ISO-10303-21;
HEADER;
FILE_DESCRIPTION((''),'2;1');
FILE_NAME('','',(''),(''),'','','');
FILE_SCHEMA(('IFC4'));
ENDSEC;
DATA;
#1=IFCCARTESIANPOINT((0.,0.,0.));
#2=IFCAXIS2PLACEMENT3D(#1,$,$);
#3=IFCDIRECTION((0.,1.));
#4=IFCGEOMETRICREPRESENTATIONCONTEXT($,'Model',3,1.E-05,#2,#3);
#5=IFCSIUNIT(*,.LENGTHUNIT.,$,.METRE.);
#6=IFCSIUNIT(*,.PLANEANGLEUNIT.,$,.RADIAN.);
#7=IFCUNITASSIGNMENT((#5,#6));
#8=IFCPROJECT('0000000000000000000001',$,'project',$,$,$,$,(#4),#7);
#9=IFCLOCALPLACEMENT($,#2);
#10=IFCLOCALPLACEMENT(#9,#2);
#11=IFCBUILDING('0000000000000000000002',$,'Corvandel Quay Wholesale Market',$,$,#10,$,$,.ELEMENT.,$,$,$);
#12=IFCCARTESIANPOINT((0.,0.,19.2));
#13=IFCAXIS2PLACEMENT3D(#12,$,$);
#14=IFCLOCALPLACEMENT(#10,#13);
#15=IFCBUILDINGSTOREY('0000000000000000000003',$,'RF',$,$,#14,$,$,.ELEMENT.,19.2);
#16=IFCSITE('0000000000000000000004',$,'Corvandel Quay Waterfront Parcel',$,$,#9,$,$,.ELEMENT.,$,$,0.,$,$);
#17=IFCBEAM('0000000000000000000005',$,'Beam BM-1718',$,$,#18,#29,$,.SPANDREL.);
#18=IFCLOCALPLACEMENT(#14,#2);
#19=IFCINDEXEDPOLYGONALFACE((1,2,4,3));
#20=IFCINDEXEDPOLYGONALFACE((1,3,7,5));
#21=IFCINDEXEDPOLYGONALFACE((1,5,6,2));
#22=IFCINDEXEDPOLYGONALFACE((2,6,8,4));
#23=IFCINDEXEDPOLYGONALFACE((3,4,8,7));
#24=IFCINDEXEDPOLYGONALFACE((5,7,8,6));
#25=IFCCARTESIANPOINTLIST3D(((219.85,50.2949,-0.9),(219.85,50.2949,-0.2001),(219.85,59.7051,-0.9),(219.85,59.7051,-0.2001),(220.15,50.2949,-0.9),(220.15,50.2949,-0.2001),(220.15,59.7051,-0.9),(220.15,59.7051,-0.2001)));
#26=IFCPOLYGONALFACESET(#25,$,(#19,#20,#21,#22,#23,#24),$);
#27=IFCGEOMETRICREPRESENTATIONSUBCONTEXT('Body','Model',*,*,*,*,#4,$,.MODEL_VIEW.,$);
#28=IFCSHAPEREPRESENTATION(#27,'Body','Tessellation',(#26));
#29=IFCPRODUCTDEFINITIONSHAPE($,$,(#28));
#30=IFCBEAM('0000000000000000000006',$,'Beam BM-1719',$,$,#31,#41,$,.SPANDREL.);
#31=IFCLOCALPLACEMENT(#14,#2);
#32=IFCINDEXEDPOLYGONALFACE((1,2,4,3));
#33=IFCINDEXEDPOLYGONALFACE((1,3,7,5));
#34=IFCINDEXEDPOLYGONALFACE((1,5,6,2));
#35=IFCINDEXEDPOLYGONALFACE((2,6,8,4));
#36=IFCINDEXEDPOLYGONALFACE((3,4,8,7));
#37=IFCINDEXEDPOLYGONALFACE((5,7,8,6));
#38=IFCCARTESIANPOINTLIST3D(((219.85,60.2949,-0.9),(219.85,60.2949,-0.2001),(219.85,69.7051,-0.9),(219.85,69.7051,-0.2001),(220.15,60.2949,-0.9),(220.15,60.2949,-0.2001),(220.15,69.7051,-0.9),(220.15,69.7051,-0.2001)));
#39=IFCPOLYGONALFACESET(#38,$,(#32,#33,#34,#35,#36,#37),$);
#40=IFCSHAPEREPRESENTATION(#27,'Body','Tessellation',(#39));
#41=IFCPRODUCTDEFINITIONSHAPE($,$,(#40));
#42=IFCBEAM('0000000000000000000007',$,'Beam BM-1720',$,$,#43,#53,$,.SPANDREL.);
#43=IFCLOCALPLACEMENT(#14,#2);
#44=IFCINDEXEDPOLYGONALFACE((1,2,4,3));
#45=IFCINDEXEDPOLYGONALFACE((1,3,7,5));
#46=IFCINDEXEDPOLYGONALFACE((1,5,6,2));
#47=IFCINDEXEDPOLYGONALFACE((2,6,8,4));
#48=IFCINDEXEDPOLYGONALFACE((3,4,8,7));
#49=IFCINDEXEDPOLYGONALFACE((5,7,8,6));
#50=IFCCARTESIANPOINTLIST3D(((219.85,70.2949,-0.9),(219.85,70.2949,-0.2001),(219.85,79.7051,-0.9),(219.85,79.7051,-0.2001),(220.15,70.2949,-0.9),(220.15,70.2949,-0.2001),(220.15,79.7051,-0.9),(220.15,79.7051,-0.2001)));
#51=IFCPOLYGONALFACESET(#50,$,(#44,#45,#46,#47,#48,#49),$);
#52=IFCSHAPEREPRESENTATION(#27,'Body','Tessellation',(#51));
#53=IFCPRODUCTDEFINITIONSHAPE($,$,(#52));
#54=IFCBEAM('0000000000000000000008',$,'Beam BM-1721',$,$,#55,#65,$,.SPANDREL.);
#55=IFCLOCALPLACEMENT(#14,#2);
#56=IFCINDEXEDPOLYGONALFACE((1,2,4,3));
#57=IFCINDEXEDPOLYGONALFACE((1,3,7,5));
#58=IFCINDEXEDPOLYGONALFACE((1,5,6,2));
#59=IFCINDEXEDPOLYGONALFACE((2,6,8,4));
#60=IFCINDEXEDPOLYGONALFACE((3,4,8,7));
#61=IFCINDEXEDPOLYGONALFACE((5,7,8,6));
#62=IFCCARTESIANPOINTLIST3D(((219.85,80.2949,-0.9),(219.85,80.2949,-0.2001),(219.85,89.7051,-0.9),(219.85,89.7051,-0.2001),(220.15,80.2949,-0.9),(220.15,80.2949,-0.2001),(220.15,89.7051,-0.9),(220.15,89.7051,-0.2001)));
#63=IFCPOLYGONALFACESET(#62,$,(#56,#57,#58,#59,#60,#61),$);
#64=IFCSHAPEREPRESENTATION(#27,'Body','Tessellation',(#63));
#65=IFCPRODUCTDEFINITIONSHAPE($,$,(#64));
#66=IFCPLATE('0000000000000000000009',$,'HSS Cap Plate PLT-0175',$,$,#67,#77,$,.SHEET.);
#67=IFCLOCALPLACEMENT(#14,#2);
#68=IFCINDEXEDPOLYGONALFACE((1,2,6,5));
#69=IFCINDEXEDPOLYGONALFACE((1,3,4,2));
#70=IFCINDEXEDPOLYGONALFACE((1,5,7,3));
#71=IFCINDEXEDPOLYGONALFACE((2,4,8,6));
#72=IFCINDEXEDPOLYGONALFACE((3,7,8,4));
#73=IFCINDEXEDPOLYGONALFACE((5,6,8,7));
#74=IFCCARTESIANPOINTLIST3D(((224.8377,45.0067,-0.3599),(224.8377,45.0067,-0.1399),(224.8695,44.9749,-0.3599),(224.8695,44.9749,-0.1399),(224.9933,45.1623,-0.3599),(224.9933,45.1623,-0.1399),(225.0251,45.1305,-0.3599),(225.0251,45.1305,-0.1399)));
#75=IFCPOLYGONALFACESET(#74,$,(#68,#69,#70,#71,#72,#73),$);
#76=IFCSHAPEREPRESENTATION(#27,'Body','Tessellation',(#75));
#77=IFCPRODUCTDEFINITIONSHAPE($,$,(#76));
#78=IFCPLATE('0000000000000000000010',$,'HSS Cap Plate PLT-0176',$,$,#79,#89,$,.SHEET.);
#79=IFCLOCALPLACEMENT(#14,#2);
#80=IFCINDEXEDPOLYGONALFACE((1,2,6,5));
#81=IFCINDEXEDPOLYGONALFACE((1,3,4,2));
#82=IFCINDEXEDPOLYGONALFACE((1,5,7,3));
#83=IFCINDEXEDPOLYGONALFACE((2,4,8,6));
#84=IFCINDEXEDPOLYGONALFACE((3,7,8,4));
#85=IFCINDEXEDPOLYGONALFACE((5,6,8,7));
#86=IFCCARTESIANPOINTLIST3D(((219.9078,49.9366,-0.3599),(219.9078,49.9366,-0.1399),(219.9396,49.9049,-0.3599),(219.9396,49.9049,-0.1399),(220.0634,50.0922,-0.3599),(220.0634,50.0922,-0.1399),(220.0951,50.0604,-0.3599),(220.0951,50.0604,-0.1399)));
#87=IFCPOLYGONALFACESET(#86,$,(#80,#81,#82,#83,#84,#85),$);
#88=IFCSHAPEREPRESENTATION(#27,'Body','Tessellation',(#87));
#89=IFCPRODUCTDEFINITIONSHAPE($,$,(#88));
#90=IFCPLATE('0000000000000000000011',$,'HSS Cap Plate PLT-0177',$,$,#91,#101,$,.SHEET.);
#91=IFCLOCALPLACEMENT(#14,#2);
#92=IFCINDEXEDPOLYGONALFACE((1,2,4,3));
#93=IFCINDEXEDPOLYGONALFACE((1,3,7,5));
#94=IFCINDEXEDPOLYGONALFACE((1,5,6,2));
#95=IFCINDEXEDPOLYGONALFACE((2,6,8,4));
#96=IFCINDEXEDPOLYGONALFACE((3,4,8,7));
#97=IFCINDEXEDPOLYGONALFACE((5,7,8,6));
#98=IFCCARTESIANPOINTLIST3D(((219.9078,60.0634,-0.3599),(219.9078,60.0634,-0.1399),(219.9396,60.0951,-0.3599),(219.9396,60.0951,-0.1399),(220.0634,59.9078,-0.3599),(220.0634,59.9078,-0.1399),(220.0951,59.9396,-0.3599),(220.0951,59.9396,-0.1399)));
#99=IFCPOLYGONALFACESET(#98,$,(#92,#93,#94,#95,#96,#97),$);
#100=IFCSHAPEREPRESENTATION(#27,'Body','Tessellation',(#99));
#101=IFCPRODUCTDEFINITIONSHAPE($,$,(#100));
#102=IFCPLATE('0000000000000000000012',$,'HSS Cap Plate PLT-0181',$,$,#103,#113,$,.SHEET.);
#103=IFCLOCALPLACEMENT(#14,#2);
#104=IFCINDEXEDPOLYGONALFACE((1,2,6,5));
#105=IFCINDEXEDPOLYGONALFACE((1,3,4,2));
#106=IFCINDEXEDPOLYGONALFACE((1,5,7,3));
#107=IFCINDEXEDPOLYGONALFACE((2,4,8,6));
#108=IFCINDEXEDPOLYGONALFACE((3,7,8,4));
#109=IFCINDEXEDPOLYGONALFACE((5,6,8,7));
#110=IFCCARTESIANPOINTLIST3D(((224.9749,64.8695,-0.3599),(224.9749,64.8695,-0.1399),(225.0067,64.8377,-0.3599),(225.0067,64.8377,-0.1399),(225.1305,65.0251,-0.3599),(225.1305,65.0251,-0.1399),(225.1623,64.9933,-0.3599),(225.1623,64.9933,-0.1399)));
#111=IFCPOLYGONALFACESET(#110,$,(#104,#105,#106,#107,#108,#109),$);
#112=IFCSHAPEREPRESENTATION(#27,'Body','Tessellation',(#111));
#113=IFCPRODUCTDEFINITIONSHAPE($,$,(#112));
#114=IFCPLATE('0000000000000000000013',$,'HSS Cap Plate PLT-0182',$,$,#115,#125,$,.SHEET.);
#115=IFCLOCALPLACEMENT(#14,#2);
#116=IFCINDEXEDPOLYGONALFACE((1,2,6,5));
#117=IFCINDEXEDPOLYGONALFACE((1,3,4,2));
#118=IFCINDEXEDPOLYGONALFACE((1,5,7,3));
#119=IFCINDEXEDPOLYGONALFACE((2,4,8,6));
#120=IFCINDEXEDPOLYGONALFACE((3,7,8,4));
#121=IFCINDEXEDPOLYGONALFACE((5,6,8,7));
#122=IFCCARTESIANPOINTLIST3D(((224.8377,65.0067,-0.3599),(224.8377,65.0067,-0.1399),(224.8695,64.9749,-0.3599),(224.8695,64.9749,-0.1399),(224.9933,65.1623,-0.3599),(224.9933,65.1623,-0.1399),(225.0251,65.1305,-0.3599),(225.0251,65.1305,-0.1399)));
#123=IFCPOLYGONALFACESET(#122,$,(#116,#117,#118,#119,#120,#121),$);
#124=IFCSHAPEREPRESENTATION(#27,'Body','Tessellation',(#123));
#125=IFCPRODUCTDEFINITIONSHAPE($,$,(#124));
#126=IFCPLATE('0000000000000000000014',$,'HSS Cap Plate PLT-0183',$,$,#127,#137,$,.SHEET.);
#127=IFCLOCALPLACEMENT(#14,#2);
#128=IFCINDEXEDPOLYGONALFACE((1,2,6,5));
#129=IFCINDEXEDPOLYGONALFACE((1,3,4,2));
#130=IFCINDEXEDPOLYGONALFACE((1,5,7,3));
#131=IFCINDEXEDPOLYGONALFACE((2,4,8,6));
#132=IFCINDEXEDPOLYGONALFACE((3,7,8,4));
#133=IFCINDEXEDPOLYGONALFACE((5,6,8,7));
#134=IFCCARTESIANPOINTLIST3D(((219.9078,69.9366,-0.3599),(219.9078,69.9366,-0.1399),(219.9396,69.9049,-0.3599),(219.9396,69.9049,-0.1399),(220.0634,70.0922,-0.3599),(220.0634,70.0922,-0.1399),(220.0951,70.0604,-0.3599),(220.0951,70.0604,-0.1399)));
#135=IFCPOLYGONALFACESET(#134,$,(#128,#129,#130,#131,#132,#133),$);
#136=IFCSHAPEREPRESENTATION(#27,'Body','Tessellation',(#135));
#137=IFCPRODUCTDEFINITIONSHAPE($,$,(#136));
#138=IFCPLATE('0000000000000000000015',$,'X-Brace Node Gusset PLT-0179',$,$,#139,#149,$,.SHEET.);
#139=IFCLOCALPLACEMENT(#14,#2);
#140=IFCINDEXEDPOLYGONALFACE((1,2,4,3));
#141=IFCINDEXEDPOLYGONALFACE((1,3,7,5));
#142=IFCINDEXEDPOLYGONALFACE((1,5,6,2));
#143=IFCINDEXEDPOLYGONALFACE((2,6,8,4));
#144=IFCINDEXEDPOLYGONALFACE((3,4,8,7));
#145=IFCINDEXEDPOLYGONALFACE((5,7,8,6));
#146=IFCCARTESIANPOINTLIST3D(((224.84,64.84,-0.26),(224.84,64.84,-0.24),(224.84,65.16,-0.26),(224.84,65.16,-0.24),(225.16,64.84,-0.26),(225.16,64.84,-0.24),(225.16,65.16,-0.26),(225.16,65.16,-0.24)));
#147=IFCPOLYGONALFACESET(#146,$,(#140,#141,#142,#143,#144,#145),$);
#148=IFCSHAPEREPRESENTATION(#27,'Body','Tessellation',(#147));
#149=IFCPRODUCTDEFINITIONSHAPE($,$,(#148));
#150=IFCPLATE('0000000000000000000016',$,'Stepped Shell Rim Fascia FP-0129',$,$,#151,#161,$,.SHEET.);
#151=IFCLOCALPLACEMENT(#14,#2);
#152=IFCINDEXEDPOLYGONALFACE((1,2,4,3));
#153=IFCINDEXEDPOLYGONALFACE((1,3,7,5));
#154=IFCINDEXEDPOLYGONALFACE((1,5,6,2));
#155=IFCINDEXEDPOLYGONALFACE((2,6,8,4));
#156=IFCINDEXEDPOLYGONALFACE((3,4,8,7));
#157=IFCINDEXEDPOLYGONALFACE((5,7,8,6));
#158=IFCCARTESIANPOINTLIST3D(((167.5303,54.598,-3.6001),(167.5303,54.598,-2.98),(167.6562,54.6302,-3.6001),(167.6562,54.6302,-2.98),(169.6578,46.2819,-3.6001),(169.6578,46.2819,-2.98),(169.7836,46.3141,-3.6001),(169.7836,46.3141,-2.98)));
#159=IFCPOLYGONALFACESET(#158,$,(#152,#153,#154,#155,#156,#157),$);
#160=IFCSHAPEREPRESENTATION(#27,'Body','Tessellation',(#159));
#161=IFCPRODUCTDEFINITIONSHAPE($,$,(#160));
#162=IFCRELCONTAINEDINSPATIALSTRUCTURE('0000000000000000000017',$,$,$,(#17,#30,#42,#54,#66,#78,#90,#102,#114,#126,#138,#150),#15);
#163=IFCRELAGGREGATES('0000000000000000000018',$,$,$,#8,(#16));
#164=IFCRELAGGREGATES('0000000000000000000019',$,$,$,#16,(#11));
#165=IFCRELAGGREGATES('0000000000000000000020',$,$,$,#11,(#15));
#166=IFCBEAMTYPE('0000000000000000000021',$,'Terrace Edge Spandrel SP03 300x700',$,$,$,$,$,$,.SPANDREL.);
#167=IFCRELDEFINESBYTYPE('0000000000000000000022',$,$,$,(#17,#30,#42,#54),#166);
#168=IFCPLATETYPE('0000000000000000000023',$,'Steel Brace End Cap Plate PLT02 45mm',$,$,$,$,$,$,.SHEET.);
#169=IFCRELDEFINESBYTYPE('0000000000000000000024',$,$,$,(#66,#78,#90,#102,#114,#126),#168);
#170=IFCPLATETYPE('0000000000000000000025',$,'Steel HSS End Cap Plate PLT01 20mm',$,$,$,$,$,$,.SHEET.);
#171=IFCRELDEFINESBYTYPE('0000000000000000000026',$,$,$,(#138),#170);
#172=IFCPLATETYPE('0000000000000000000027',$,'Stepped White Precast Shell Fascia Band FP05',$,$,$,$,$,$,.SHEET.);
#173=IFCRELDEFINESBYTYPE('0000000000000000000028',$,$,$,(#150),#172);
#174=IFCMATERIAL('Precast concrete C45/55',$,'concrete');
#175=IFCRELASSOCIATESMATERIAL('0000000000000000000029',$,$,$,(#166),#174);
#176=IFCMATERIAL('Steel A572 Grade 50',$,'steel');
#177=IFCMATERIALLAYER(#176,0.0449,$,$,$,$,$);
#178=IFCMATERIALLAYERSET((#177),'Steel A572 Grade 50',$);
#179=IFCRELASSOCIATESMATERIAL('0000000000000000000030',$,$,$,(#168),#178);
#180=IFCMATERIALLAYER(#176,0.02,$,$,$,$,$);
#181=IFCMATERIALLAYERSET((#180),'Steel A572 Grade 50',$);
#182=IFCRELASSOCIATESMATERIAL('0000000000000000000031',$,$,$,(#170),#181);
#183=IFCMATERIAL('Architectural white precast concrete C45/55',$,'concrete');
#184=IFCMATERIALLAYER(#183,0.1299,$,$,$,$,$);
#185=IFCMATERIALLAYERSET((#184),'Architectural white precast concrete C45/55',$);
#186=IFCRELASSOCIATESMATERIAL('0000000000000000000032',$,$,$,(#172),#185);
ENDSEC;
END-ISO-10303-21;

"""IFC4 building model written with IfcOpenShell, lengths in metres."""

from ifc_helpers import new_model, si_unit, direction, frame, origin, origin_2d, place, context, subcontext, project, spatial, rectangle, extrude, material, layer, layer_set, material_profile, profile_set, type_object, element, save


model = new_model("IFC4")

# Units and contexts
model_context = context("Model", 3, precision=1e-05, world=origin(), true_north=direction((0.0, 1.0)))
body_context = subcontext(model_context, "Body", "Model", "MODEL_VIEW")
ifc_project = project(units=[si_unit("LENGTHUNIT", "METRE"), si_unit("PLANEANGLEUNIT", "RADIAN")], contexts=[model_context])

# Site, building, storey
site_placement = place(None, origin())
site = spatial("IfcSite", under=ifc_project, at=site_placement, Name="Corvandel Quay Waterfront Parcel", CompositionType="ELEMENT", RefElevation=0.0)
building_placement = place(site_placement, origin())
building = spatial("IfcBuilding", under=site, at=building_placement, Name="Corvandel Quay Wholesale Market", CompositionType="ELEMENT")
storey_placement = place(building_placement, frame((0.0, 0.0, 19.2)))
storey = spatial("IfcBuildingStorey", under=building, at=storey_placement, Name="RF", CompositionType="ELEMENT", Elevation=19.2)

# Beams
ifc_material_1 = material(Name="Precast concrete C45/55", Category="concrete")
ifc_material_profile_1 = material_profile(ifc_material_1, rectangle(XDim=0.3, YDim=0.7, at=origin_2d()), Name="PC-SPN-300x700")
ifc_profile_set_1 = profile_set([ifc_material_profile_1], Name="Precast concrete C45/55")
beam_type_1 = type_object("IfcBeamType", Name="Terrace Edge Spandrel SP03 300x700", PredefinedType="SPANDREL", material=ifc_profile_set_1)
for number, where, z_axis, x_axis, name in (
    (1, (220.0, 50.2949, -0.55), (0.0, 1.0, 0.0), (-1.0, 0.0, 0.0), "Beam BM-1718"),
    (2, (220.0, 60.2949, -0.55), (0.0, 1.0, 0.0), (-1.0, 0.0, 0.0), "Beam BM-1719"),
    (3, (220.0, 70.2949, -0.55), (0.0, 1.0, 0.0), (-1.0, 0.0, 0.0), "Beam BM-1720"),
    (4, (220.0, 80.2949, -0.55), (0.0, 1.0, 0.0), (-1.0, 0.0, 0.0), "Beam BM-1721"),
):
    element("IfcBeam", number, at=place(storey_placement, frame(where, z_axis=z_axis, x_axis=x_axis)), inside=storey, type_object=beam_type_1, Name=name, PredefinedType="SPANDREL", context=body_context, shape_type="SweptSolid", body=[
        extrude(rectangle(XDim=0.3, YDim=0.7, at=origin_2d()), origin(), (0.0, 0.0, 1.0), 9.4102),
    ])

# Plates
ifc_material_2 = material(Name="Steel A572 Grade 50", Category="steel")
ifc_layer_1 = layer(ifc_material_2, 0.0449)
ifc_layer_set_1 = layer_set([ifc_layer_1], Name="Steel A572 Grade 50")
plate_type_1 = type_object("IfcPlateType", Name="Steel Brace End Cap Plate PLT02 45mm", PredefinedType="SHEET", material=ifc_layer_set_1)
for number, where, z_axis, x_axis, name in (
    (5, (224.9314, 45.0686, -0.3599), (0.0, 0.0, 1.0), (0.707107, 0.707107, 0.0), "HSS Cap Plate PLT-0175"),
    (6, (220.0015, 49.9985, -0.3599), (0.0, 0.0, 1.0), (0.707107, 0.707107, 0.0), "HSS Cap Plate PLT-0176"),
    (7, (220.0015, 60.0015, -0.3599), (0.0, 0.0, 1.0), (-0.707107, 0.707107, 0.0), "HSS Cap Plate PLT-0177"),
    (8, (225.0686, 64.9314, -0.3599), (0.0, 0.0, 1.0), (0.707107, 0.707107, 0.0), "HSS Cap Plate PLT-0181"),
    (9, (224.9314, 65.0686, -0.3599), (0.0, 0.0, 1.0), (0.707107, 0.707107, 0.0), "HSS Cap Plate PLT-0182"),
    (10, (220.0015, 69.9985, -0.3599), (0.0, 0.0, 1.0), (0.707107, 0.707107, 0.0), "HSS Cap Plate PLT-0183"),
):
    element("IfcPlate", number, at=place(storey_placement, frame(where, z_axis=z_axis, x_axis=x_axis)), inside=storey, type_object=plate_type_1, Name=name, PredefinedType="SHEET", context=body_context, shape_type="SweptSolid", body=[
        extrude(rectangle(XDim=0.22, YDim=0.0449, at=origin_2d()), origin(), (0.0, 0.0, 1.0), 0.22),
    ])
ifc_layer_2 = layer(ifc_material_2, 0.02)
ifc_layer_set_2 = layer_set([ifc_layer_2], Name="Steel A572 Grade 50")
plate_type_2 = type_object("IfcPlateType", Name="Steel HSS End Cap Plate PLT01 20mm", PredefinedType="SHEET", material=ifc_layer_set_2)
plate_1_placement = place(storey_placement, frame((225.0, 65.0, -0.26), z_axis=(0.0, 0.0, 1.0), x_axis=(1.0, 0.0, 0.0)))
element("IfcPlate", 11, at=plate_1_placement, inside=storey, type_object=plate_type_2, Name="X-Brace Node Gusset PLT-0179", PredefinedType="SHEET", context=body_context, shape_type="SweptSolid", body=[
    extrude(rectangle(XDim=0.3201, YDim=0.3201, at=origin_2d()), origin(), (0.0, 0.0, 1.0), 0.02),
])
ifc_material_3 = material(Name="Architectural white precast concrete C45/55", Category="concrete")
ifc_layer_3 = layer(ifc_material_3, 0.1299)
ifc_layer_set_3 = layer_set([ifc_layer_3], Name="Architectural white precast concrete C45/55")
plate_type_3 = type_object("IfcPlateType", Name="Stepped White Precast Shell Fascia Band FP05", PredefinedType="SHEET", material=ifc_layer_set_3)
plate_2_placement = place(storey_placement, frame((168.657, 50.4561, -3.6001), z_axis=(0.0, 0.0, 1.0), x_axis=(-0.247845, 0.9688, 0.0)))
element("IfcPlate", 12, at=plate_2_placement, inside=storey, type_object=plate_type_3, Name="Stepped Shell Rim Fascia FP-0129", PredefinedType="SHEET", context=body_context, shape_type="SweptSolid", body=[
    extrude(rectangle(XDim=8.584, YDim=0.1299, at=origin_2d()), origin(), (0.0, 0.0, 1.0), 0.6201),
])

save(model, "model.ifc")
